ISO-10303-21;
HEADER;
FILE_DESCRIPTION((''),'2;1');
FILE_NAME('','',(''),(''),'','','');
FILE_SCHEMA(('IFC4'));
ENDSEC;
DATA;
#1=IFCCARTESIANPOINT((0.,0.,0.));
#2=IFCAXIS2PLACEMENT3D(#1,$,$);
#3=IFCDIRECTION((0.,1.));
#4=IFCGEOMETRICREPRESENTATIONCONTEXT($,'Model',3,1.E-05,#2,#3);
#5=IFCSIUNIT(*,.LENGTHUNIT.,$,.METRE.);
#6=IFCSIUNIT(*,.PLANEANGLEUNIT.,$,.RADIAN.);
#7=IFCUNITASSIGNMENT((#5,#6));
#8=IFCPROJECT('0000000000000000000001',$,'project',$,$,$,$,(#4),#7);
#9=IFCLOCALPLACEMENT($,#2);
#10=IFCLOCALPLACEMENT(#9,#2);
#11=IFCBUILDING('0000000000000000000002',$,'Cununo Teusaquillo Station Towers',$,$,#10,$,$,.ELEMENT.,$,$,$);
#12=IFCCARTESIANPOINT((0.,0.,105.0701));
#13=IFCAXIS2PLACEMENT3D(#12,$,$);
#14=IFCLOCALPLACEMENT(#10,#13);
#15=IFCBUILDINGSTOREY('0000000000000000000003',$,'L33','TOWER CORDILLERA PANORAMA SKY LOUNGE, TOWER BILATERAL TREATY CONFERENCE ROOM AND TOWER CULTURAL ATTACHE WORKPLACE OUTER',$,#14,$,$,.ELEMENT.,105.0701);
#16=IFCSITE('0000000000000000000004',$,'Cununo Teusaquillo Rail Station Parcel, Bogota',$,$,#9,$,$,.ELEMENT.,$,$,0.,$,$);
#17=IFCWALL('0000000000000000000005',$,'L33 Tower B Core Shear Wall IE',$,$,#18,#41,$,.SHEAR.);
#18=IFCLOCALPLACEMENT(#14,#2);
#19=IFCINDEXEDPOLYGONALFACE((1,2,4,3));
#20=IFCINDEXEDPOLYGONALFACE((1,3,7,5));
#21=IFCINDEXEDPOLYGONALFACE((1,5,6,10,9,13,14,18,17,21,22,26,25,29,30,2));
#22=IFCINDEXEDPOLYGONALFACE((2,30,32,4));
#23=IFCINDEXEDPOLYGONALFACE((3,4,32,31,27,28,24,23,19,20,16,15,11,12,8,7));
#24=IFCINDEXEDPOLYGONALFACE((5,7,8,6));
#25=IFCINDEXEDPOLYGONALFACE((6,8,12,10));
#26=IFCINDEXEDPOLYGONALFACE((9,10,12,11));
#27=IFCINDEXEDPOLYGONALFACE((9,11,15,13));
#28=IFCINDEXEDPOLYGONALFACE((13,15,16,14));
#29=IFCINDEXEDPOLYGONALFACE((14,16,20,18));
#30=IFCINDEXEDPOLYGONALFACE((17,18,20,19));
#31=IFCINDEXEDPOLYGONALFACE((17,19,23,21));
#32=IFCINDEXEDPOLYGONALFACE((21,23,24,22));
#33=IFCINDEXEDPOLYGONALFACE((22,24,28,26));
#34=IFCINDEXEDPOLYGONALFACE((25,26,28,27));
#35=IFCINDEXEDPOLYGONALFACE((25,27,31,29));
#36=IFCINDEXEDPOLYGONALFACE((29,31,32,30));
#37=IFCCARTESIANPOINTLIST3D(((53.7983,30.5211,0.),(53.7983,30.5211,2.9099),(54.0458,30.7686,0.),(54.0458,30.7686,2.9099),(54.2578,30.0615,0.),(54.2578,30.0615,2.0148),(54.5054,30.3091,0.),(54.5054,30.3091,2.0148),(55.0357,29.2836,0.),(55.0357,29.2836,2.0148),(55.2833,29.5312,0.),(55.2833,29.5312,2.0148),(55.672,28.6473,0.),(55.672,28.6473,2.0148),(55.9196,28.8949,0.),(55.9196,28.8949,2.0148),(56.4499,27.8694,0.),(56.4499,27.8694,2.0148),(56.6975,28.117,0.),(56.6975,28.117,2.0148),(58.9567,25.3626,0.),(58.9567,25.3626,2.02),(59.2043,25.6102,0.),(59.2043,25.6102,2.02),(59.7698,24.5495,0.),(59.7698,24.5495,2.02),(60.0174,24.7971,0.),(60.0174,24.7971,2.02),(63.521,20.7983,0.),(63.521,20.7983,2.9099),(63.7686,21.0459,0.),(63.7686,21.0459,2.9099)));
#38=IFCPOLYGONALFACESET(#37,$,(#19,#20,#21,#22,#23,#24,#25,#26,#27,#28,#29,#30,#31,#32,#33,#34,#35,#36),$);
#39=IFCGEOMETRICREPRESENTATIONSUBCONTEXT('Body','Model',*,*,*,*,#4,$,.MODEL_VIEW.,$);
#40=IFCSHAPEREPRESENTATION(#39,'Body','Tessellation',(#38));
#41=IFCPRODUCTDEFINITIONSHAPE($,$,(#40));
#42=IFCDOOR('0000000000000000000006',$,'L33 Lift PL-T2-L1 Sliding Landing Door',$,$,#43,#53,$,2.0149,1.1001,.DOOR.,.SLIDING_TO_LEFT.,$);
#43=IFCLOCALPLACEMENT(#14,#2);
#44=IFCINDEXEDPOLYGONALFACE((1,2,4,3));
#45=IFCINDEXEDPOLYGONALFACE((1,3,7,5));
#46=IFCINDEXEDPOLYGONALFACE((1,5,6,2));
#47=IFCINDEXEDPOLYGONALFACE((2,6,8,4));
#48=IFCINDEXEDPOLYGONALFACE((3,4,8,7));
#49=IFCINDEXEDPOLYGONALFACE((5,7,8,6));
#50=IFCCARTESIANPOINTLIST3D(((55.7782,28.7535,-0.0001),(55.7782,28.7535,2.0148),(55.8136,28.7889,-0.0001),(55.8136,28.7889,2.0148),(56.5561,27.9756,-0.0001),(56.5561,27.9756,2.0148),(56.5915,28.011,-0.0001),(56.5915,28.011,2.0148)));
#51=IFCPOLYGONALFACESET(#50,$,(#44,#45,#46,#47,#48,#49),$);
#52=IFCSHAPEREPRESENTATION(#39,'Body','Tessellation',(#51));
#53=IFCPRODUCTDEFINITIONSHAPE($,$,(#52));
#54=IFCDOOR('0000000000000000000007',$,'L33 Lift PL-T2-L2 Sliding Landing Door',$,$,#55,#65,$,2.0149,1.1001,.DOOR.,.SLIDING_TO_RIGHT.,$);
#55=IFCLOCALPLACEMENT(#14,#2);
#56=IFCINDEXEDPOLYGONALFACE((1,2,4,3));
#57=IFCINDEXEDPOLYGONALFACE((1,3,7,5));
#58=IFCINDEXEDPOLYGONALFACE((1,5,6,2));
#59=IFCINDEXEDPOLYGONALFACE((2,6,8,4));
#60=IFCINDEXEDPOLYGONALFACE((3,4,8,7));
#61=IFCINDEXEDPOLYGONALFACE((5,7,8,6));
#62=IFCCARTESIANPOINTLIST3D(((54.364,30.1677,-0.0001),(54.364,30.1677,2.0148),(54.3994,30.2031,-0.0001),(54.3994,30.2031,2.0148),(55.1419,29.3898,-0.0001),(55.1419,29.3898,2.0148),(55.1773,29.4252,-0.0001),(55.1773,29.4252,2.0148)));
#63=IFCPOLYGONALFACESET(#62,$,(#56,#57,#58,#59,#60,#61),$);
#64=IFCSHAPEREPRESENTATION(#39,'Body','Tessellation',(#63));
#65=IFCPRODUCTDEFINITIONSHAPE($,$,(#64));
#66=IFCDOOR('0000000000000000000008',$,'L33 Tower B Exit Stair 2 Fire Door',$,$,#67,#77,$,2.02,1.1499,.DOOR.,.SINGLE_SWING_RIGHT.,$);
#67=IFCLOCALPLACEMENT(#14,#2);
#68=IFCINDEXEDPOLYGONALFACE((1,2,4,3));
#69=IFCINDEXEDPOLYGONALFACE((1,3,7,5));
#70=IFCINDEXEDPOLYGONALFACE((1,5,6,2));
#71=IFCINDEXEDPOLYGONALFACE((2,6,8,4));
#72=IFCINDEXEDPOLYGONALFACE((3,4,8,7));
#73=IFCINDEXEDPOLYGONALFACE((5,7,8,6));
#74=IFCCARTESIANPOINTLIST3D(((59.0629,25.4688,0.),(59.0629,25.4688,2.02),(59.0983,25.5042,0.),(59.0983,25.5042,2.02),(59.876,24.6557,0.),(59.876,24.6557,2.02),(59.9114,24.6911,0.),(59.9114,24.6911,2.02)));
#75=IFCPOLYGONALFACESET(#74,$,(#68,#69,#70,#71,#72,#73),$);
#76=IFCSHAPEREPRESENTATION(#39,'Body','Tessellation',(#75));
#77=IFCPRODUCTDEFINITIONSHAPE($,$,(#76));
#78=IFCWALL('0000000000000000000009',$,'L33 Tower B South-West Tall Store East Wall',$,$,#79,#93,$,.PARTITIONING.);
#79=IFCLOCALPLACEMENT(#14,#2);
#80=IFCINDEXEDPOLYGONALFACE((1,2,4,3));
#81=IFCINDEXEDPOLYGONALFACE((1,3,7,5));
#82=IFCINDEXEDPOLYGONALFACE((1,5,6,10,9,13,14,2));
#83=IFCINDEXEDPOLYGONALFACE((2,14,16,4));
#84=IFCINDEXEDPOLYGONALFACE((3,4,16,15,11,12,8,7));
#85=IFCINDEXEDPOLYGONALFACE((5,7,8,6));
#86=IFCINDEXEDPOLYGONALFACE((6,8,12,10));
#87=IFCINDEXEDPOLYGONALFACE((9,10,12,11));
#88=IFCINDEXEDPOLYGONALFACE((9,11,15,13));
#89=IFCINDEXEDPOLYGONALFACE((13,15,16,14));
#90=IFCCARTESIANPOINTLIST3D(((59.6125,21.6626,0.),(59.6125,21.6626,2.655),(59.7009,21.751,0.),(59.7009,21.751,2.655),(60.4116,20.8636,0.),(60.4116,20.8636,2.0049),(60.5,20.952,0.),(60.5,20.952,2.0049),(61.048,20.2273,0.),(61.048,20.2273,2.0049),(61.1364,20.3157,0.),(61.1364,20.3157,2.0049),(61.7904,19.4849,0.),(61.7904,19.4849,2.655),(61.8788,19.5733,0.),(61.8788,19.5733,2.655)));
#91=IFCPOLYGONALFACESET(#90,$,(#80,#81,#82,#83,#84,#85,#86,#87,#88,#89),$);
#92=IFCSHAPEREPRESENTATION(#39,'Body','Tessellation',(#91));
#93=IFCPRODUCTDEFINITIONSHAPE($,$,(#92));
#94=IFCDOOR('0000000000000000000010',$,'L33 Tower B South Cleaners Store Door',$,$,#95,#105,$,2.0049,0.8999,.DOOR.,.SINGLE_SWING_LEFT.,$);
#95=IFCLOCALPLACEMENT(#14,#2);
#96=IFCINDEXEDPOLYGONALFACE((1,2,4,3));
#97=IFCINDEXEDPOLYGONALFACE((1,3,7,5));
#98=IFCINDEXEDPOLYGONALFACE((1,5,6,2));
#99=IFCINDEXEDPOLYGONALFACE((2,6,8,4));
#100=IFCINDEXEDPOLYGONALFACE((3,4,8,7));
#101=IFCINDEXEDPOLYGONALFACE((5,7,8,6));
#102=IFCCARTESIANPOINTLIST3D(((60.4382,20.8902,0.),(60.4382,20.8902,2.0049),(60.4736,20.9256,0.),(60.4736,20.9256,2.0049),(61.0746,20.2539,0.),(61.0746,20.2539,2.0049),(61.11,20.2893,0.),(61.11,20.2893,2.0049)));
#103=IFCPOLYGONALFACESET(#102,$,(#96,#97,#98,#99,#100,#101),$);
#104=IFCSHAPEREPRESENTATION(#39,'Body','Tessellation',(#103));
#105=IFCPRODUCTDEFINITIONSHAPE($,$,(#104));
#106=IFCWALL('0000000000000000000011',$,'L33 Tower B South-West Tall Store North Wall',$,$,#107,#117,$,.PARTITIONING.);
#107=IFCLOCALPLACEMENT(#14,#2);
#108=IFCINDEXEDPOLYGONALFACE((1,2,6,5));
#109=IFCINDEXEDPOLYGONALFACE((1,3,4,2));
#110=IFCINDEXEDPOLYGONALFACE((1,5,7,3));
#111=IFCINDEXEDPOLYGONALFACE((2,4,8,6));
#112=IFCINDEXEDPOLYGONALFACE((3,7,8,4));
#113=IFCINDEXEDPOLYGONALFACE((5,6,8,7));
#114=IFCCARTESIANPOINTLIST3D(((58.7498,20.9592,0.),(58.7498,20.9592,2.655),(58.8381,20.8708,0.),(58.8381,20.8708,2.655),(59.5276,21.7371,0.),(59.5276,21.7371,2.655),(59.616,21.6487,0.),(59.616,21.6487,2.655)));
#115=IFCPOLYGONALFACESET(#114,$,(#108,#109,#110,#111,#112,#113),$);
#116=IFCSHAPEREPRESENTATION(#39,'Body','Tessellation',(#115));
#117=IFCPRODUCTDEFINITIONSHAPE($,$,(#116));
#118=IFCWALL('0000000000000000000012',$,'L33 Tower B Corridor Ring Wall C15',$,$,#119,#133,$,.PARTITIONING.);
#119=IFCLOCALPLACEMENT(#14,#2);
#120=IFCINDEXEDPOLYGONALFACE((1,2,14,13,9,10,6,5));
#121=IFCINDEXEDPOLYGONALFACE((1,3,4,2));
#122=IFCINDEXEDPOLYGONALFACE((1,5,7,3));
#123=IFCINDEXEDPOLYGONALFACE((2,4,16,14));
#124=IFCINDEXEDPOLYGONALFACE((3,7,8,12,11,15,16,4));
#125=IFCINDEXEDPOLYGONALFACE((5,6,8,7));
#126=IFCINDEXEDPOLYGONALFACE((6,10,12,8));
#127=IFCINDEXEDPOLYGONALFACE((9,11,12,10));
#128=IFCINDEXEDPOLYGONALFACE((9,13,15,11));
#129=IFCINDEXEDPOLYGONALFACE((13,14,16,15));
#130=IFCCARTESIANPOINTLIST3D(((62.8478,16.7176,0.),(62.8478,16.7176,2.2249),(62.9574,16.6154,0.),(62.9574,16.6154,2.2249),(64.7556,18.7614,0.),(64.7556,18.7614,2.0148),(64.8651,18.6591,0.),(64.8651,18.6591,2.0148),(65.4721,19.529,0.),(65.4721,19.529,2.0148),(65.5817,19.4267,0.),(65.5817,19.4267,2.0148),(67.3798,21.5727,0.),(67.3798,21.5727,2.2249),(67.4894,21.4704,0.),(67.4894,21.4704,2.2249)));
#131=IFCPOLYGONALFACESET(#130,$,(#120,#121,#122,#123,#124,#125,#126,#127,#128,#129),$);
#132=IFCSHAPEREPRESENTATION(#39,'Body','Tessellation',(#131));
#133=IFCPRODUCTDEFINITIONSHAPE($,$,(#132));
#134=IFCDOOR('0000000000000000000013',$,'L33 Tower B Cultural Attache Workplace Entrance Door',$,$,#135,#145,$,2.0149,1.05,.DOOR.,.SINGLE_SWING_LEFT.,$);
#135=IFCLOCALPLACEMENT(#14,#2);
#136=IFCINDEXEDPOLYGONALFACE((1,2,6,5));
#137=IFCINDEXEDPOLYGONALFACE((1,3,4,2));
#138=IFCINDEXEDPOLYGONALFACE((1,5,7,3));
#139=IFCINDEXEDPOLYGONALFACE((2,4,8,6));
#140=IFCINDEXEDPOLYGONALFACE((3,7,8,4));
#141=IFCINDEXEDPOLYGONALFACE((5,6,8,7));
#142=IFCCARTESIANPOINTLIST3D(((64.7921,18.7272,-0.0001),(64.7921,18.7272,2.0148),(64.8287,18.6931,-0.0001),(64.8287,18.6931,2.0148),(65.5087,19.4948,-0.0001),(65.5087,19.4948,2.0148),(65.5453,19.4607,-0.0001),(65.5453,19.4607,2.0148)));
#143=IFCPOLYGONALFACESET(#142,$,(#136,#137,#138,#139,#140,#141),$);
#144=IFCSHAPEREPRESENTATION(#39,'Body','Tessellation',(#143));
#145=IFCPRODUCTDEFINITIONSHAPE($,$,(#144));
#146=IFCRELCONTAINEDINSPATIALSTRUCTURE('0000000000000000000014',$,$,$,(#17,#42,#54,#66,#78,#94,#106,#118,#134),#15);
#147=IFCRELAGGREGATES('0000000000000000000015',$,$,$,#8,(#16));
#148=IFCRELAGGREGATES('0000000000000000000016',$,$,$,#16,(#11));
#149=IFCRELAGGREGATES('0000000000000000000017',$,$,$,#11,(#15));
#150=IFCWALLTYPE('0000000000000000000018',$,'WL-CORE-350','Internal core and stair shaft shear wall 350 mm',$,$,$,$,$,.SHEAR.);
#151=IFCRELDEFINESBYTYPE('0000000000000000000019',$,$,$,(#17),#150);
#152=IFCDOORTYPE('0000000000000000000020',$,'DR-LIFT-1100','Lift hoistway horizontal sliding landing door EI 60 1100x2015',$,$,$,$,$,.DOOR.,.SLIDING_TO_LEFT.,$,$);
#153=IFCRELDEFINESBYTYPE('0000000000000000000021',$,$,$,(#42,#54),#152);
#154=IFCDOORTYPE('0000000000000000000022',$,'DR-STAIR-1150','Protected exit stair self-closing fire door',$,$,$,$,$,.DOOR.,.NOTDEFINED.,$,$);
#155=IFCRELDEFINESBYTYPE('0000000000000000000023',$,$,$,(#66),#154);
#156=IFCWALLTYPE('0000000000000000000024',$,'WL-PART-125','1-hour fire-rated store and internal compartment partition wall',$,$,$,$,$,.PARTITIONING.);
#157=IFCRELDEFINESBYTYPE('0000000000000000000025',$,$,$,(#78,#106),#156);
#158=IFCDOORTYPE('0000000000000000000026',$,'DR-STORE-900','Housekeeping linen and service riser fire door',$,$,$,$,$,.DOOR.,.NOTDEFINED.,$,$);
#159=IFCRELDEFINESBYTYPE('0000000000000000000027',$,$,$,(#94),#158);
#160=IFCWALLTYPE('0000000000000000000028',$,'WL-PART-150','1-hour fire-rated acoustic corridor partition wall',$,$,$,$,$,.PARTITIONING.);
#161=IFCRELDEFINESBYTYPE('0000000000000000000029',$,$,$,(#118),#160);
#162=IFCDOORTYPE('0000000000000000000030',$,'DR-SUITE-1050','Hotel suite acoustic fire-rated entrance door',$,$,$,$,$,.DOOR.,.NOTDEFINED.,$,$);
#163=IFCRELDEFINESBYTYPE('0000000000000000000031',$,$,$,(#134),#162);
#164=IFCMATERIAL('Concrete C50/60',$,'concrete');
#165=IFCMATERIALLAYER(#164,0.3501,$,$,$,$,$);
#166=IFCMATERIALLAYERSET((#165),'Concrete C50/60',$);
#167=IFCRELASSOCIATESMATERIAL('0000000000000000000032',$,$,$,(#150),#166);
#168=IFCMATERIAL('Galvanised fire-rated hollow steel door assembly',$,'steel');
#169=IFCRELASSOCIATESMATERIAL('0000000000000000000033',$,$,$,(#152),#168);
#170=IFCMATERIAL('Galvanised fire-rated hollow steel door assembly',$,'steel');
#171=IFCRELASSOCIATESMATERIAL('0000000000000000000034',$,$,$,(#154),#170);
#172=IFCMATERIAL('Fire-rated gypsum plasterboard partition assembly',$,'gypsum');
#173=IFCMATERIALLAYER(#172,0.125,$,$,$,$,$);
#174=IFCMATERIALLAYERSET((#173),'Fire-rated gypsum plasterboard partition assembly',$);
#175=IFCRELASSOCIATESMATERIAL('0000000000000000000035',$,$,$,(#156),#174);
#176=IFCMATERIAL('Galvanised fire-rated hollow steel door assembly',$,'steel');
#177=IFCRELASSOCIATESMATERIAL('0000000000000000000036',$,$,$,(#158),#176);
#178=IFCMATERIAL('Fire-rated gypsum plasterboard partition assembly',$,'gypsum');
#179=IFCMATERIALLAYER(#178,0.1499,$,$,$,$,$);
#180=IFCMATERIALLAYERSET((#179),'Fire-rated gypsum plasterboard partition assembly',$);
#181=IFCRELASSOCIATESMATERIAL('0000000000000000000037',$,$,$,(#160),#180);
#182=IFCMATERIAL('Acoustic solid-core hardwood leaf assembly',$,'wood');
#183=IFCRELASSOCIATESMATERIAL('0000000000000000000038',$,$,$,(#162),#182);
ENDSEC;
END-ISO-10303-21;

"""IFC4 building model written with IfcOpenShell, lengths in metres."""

from ifc_helpers import new_model, si_unit, direction, frame, frame_2d, origin, place, context, subcontext, project, spatial, rectangle, extrude, source, transform, mapped, material, layer, layer_set, type_object, element, fill, save


model = new_model("IFC4")

# Units and contexts
model_context = context("Model", 3, precision=1e-05, world=origin(), true_north=direction((0.0, 1.0)))
body_context = subcontext(model_context, "Body", "Model", "MODEL_VIEW")
ifc_project = project(units=[si_unit("LENGTHUNIT", "METRE"), si_unit("PLANEANGLEUNIT", "RADIAN")], contexts=[model_context])

# Site, building, storey
site_placement = place(None, origin())
site = spatial("IfcSite", under=ifc_project, at=site_placement, Name="Cununo Teusaquillo Rail Station Parcel, Bogota", CompositionType="ELEMENT", RefElevation=0.0)
building_placement = place(site_placement, origin())
building = spatial("IfcBuilding", under=site, at=building_placement, Name="Cununo Teusaquillo Station Towers", CompositionType="ELEMENT")
storey_placement = place(building_placement, frame((0.0, 0.0, 105.0701)))
storey = spatial("IfcBuildingStorey", under=building, at=storey_placement, Name="L33", Description="TOWER CORDILLERA PANORAMA SKY LOUNGE, TOWER BILATERAL TREATY CONFERENCE ROOM AND TOWER CULTURAL ATTACHE WORKPLACE OUTER", CompositionType="ELEMENT", Elevation=105.0701)

# Wall, openings, doors
ifc_material_1 = material(Name="Concrete C50/60", Category="concrete")
ifc_layer_1 = layer(ifc_material_1, 0.3501)
ifc_layer_set_1 = layer_set([ifc_layer_1], Name="Concrete C50/60")
wall_type_1 = type_object("IfcWallType", Name="WL-CORE-350", Description="Internal core and stair shaft shear wall 350 mm", PredefinedType="SHEAR", material=ifc_layer_set_1)
shared_shape_1 = source(origin(), body_context, "Body", "SweptSolid", [
    extrude(rectangle(XDim=1.1001, YDim=2.0149, at=frame_2d((0.55, 1.0073))), frame((0.0, 0.1851, 0.0), z_axis=(0.0, -1.0, 0.0), x_axis=(1.0, 0.0, 0.0)), (0.0, 0.0, 1.0), 0.3701),
])
shared_shape_2 = source(origin(), body_context, "Body", "SweptSolid", [
    extrude(rectangle(XDim=1.1499, YDim=2.02, at=frame_2d((0.575, 1.01))), frame((0.0, 0.1851, 0.0), z_axis=(0.0, -1.0, 0.0), x_axis=(1.0, 0.0, 0.0)), (0.0, 0.0, 1.0), 0.3701),
])
ifc_material_2 = material(Name="Galvanised fire-rated hollow steel door assembly", Category="steel")
door_type_1 = type_object("IfcDoorType", Name="DR-LIFT-1100", Description="Lift hoistway horizontal sliding landing door EI 60 1100x2015", OperationType="SLIDING_TO_LEFT", PredefinedType="DOOR", material=ifc_material_2)
shared_shape_3 = source(origin(), body_context, "Body", "SweptSolid", [
    extrude(rectangle(XDim=1.1001, YDim=2.0149, at=frame_2d((0.55, 1.0073))), frame((0.0, 0.0249, 0.0), z_axis=(0.0, -1.0, 0.0), x_axis=(1.0, 0.0, 0.0)), (0.0, 0.0, 1.0), 0.05),
])
ifc_material_3 = material(Name="Galvanised fire-rated hollow steel door assembly", Category="steel")
door_type_2 = type_object("IfcDoorType", Name="DR-STAIR-1150", Description="Protected exit stair self-closing fire door", OperationType="NOTDEFINED", PredefinedType="DOOR", material=ifc_material_3)
shared_shape_4 = source(origin(), body_context, "Body", "SweptSolid", [
    extrude(rectangle(XDim=1.1499, YDim=2.02, at=frame_2d((0.575, 1.01))), frame((0.0, 0.0249, 0.0), z_axis=(0.0, -1.0, 0.0), x_axis=(1.0, 0.0, 0.0)), (0.0, 0.0, 1.0), 0.05),
])
wall_1_placement = place(storey_placement, frame((63.6448, 20.9221, 0.0), z_axis=(0.0, 0.0, 1.0), x_axis=(-0.707107, 0.707107, 0.0)))
wall_1 = element("IfcWall", 1, at=wall_1_placement, inside=storey, type_object=wall_type_1, Name="L33 Tower B Core Shear Wall IE", PredefinedType="SHEAR", context=body_context, shape_type="SweptSolid", body=[
    extrude(rectangle(XDim=13.75, YDim=0.3501, at=frame_2d((6.875, 0.0))), origin(), (0.0, 0.0, 1.0), 2.9099),
])
opening_1_placement = place(wall_1_placement, frame((10.0, 0.0, 0.0)))
opening_1 = element("IfcOpeningElement", 2, at=opening_1_placement, cuts=wall_1, PredefinedType="OPENING", context=body_context, shape_type="MappedRepresentation", body=[
    mapped(shared_shape_1, transform((0.0, 0.0, 0.0), x_axis=(1.0, 0.0, 0.0), y_axis=(0.0, 1.0, 0.0), z_axis=(0.0, 0.0, 1.0), scale=1.0)),
])
opening_2_placement = place(wall_1_placement, frame((12.0, 0.0, 0.0)))
opening_2 = element("IfcOpeningElement", 3, at=opening_2_placement, cuts=wall_1, PredefinedType="OPENING", context=body_context, shape_type="MappedRepresentation", body=[
    mapped(shared_shape_1, transform((0.0, 0.0, 0.0), x_axis=(1.0, 0.0, 0.0), y_axis=(0.0, 1.0, 0.0), z_axis=(0.0, 0.0, 1.0), scale=1.0)),
])
opening_3_placement = place(wall_1_placement, frame((5.3049, 0.0, 0.0)))
opening_3 = element("IfcOpeningElement", 4, at=opening_3_placement, cuts=wall_1, PredefinedType="OPENING", context=body_context, shape_type="MappedRepresentation", body=[
    mapped(shared_shape_2, transform((0.0, 0.0, 0.0), x_axis=(1.0, 0.0, 0.0), y_axis=(0.0, 1.0, 0.0), z_axis=(0.0, 0.0, 1.0), scale=1.0)),
])
door_1_placement = place(opening_1_placement, origin())
door_1 = element("IfcDoor", 5, at=door_1_placement, inside=storey, type_object=door_type_1, Name="L33 Lift PL-T2-L1 Sliding Landing Door", OperationType="SLIDING_TO_LEFT", OverallHeight=2.0149, OverallWidth=1.1001, PredefinedType="DOOR", context=body_context, shape_type="MappedRepresentation", body=[
    mapped(shared_shape_3, transform((0.0, 0.0, 0.0), x_axis=(1.0, 0.0, 0.0), y_axis=(0.0, 1.0, 0.0), z_axis=(0.0, 0.0, 1.0), scale=1.0)),
])
fill(opening_1, door_1)
door_2_placement = place(opening_2_placement, origin())
door_2 = element("IfcDoor", 6, at=door_2_placement, inside=storey, type_object=door_type_1, Name="L33 Lift PL-T2-L2 Sliding Landing Door", OperationType="SLIDING_TO_RIGHT", OverallHeight=2.0149, OverallWidth=1.1001, PredefinedType="DOOR", context=body_context, shape_type="MappedRepresentation", body=[
    mapped(shared_shape_3, transform((0.0, 0.0, 0.0), x_axis=(1.0, 0.0, 0.0), y_axis=(0.0, 1.0, 0.0), z_axis=(0.0, 0.0, 1.0), scale=1.0)),
])
fill(opening_2, door_2)
door_3_placement = place(opening_3_placement, origin())
door_3 = element("IfcDoor", 7, at=door_3_placement, inside=storey, type_object=door_type_2, Name="L33 Tower B Exit Stair 2 Fire Door", OperationType="SINGLE_SWING_RIGHT", OverallHeight=2.02, OverallWidth=1.1499, PredefinedType="DOOR", context=body_context, shape_type="MappedRepresentation", body=[
    mapped(shared_shape_4, transform((0.0, 0.0, 0.0), x_axis=(1.0, 0.0, 0.0), y_axis=(0.0, 1.0, 0.0), z_axis=(0.0, 0.0, 1.0), scale=1.0)),
])
fill(opening_3, door_3)

# Wall, opening, door
ifc_material_4 = material(Name="Fire-rated gypsum plasterboard partition assembly", Category="gypsum")
ifc_layer_2 = layer(ifc_material_4, 0.125)
ifc_layer_set_2 = layer_set([ifc_layer_2], Name="Fire-rated gypsum plasterboard partition assembly")
wall_type_2 = type_object("IfcWallType", Name="WL-PART-125", Description="1-hour fire-rated store and internal compartment partition wall", PredefinedType="PARTITIONING", material=ifc_layer_set_2)
wall_2_placement = place(storey_placement, frame((61.8347, 19.5291, 0.0), z_axis=(0.0, 0.0, 1.0), x_axis=(-0.707146, 0.707067, 0.0)))
wall_2 = element("IfcWall", 8, at=wall_2_placement, inside=storey, type_object=wall_type_2, Name="L33 Tower B South-West Tall Store East Wall", PredefinedType="PARTITIONING", context=body_context, shape_type="SweptSolid", body=[
    extrude(rectangle(XDim=3.0798, YDim=0.125, at=frame_2d((1.54, 0.0))), origin(), (0.0, 0.0, 1.0), 2.655),
])
shared_shape_5 = source(origin(), body_context, "Body", "SweptSolid", [
    extrude(rectangle(XDim=0.8999, YDim=2.0049, at=frame_2d((0.45, 1.0024))), frame((0.0, 0.0725, 0.0), z_axis=(0.0, -1.0, 0.0), x_axis=(1.0, 0.0, 0.0)), (0.0, 0.0, 1.0), 0.145),
])
opening_4_placement = place(wall_2_placement, frame((1.05, 0.0, 0.0)))
opening_4 = element("IfcOpeningElement", 9, at=opening_4_placement, cuts=wall_2, PredefinedType="OPENING", context=body_context, shape_type="MappedRepresentation", body=[
    mapped(shared_shape_5, transform((0.0, 0.0, 0.0), x_axis=(1.0, 0.0, 0.0), y_axis=(0.0, 1.0, 0.0), z_axis=(0.0, 0.0, 1.0), scale=1.0)),
])
ifc_material_5 = material(Name="Galvanised fire-rated hollow steel door assembly", Category="steel")
door_type_3 = type_object("IfcDoorType", Name="DR-STORE-900", Description="Housekeeping linen and service riser fire door", OperationType="NOTDEFINED", PredefinedType="DOOR", material=ifc_material_5)
shared_shape_6 = source(origin(), body_context, "Body", "SweptSolid", [
    extrude(rectangle(XDim=0.8999, YDim=2.0049, at=frame_2d((0.45, 1.0024))), frame((0.0, 0.0249, 0.0), z_axis=(0.0, -1.0, 0.0), x_axis=(1.0, 0.0, 0.0)), (0.0, 0.0, 1.0), 0.05),
])
door_4_placement = place(opening_4_placement, origin())
door_4 = element("IfcDoor", 10, at=door_4_placement, inside=storey, type_object=door_type_3, Name="L33 Tower B South Cleaners Store Door", OperationType="SINGLE_SWING_LEFT", OverallHeight=2.0049, OverallWidth=0.8999, PredefinedType="DOOR", context=body_context, shape_type="MappedRepresentation", body=[
    mapped(shared_shape_6, transform((0.0, 0.0, 0.0), x_axis=(1.0, 0.0, 0.0), y_axis=(0.0, 1.0, 0.0), z_axis=(0.0, 0.0, 1.0), scale=1.0)),
])
fill(opening_4, door_4)

# Wall
wall_3_placement = place(storey_placement, frame((58.7939, 20.915, 0.0), z_axis=(0.0, 0.0, 1.0), x_axis=(0.707107, 0.707107, 0.0)))
element("IfcWall", 11, at=wall_3_placement, inside=storey, type_object=wall_type_2, Name="L33 Tower B South-West Tall Store North Wall", PredefinedType="PARTITIONING", context=body_context, shape_type="SweptSolid", body=[
    extrude(rectangle(XDim=1.1001, YDim=0.125, at=frame_2d((0.55, 0.0))), origin(), (0.0, 0.0, 1.0), 2.655),
])

# Wall, opening, door
ifc_material_6 = material(Name="Fire-rated gypsum plasterboard partition assembly", Category="gypsum")
ifc_layer_3 = layer(ifc_material_6, 0.1499)
ifc_layer_set_3 = layer_set([ifc_layer_3], Name="Fire-rated gypsum plasterboard partition assembly")
wall_type_3 = type_object("IfcWallType", Name="WL-PART-150", Description="1-hour fire-rated acoustic corridor partition wall", PredefinedType="PARTITIONING", material=ifc_layer_set_3)
wall_4_placement = place(storey_placement, frame((62.9026, 16.6665, 0.0), z_axis=(0.0, 0.0, 1.0), x_axis=(0.682372, 0.731005, 0.0)))
wall_4 = element("IfcWall", 12, at=wall_4_placement, inside=storey, type_object=wall_type_3, Name="L33 Tower B Corridor Ring Wall C15", PredefinedType="PARTITIONING", context=body_context, shape_type="SweptSolid", body=[
    extrude(rectangle(XDim=6.6416, YDim=0.1499, at=frame_2d((3.3208, 0.0))), origin(), (0.0, 0.0, 1.0), 2.2249),
])
shared_shape_7 = source(origin(), body_context, "Body", "SweptSolid", [
    extrude(rectangle(XDim=1.05, YDim=2.0149, at=frame_2d((0.5249, 1.0073))), frame((0.0, 0.085, 0.0), z_axis=(0.0, -1.0, 0.0), x_axis=(1.0, 0.0, 0.0)), (0.0, 0.0, 1.0), 0.1699),
])
opening_5_placement = place(wall_4_placement, frame((2.7959, 0.0, 0.0)))
opening_5 = element("IfcOpeningElement", 13, at=opening_5_placement, cuts=wall_4, PredefinedType="OPENING", context=body_context, shape_type="MappedRepresentation", body=[
    mapped(shared_shape_7, transform((0.0, 0.0, 0.0), x_axis=(1.0, 0.0, 0.0), y_axis=(0.0, 1.0, 0.0), z_axis=(0.0, 0.0, 1.0), scale=1.0)),
])
ifc_material_7 = material(Name="Acoustic solid-core hardwood leaf assembly", Category="wood")
door_type_4 = type_object("IfcDoorType", Name="DR-SUITE-1050", Description="Hotel suite acoustic fire-rated entrance door", OperationType="NOTDEFINED", PredefinedType="DOOR", material=ifc_material_7)
shared_shape_8 = source(origin(), body_context, "Body", "SweptSolid", [
    extrude(rectangle(XDim=1.05, YDim=2.0149, at=frame_2d((0.5249, 1.0073))), frame((0.0, 0.0249, 0.0), z_axis=(0.0, -1.0, 0.0), x_axis=(1.0, 0.0, 0.0)), (0.0, 0.0, 1.0), 0.05),
])
door_5_placement = place(opening_5_placement, origin())
door_5 = element("IfcDoor", 14, at=door_5_placement, inside=storey, type_object=door_type_4, Name="L33 Tower B Cultural Attache Workplace Entrance Door", OperationType="SINGLE_SWING_LEFT", OverallHeight=2.0149, OverallWidth=1.05, PredefinedType="DOOR", context=body_context, shape_type="MappedRepresentation", body=[
    mapped(shared_shape_8, transform((0.0, 0.0, 0.0), x_axis=(1.0, 0.0, 0.0), y_axis=(0.0, 1.0, 0.0), z_axis=(0.0, 0.0, 1.0), scale=1.0)),
])
fill(opening_5, door_5)

save(model, "model.ifc")
